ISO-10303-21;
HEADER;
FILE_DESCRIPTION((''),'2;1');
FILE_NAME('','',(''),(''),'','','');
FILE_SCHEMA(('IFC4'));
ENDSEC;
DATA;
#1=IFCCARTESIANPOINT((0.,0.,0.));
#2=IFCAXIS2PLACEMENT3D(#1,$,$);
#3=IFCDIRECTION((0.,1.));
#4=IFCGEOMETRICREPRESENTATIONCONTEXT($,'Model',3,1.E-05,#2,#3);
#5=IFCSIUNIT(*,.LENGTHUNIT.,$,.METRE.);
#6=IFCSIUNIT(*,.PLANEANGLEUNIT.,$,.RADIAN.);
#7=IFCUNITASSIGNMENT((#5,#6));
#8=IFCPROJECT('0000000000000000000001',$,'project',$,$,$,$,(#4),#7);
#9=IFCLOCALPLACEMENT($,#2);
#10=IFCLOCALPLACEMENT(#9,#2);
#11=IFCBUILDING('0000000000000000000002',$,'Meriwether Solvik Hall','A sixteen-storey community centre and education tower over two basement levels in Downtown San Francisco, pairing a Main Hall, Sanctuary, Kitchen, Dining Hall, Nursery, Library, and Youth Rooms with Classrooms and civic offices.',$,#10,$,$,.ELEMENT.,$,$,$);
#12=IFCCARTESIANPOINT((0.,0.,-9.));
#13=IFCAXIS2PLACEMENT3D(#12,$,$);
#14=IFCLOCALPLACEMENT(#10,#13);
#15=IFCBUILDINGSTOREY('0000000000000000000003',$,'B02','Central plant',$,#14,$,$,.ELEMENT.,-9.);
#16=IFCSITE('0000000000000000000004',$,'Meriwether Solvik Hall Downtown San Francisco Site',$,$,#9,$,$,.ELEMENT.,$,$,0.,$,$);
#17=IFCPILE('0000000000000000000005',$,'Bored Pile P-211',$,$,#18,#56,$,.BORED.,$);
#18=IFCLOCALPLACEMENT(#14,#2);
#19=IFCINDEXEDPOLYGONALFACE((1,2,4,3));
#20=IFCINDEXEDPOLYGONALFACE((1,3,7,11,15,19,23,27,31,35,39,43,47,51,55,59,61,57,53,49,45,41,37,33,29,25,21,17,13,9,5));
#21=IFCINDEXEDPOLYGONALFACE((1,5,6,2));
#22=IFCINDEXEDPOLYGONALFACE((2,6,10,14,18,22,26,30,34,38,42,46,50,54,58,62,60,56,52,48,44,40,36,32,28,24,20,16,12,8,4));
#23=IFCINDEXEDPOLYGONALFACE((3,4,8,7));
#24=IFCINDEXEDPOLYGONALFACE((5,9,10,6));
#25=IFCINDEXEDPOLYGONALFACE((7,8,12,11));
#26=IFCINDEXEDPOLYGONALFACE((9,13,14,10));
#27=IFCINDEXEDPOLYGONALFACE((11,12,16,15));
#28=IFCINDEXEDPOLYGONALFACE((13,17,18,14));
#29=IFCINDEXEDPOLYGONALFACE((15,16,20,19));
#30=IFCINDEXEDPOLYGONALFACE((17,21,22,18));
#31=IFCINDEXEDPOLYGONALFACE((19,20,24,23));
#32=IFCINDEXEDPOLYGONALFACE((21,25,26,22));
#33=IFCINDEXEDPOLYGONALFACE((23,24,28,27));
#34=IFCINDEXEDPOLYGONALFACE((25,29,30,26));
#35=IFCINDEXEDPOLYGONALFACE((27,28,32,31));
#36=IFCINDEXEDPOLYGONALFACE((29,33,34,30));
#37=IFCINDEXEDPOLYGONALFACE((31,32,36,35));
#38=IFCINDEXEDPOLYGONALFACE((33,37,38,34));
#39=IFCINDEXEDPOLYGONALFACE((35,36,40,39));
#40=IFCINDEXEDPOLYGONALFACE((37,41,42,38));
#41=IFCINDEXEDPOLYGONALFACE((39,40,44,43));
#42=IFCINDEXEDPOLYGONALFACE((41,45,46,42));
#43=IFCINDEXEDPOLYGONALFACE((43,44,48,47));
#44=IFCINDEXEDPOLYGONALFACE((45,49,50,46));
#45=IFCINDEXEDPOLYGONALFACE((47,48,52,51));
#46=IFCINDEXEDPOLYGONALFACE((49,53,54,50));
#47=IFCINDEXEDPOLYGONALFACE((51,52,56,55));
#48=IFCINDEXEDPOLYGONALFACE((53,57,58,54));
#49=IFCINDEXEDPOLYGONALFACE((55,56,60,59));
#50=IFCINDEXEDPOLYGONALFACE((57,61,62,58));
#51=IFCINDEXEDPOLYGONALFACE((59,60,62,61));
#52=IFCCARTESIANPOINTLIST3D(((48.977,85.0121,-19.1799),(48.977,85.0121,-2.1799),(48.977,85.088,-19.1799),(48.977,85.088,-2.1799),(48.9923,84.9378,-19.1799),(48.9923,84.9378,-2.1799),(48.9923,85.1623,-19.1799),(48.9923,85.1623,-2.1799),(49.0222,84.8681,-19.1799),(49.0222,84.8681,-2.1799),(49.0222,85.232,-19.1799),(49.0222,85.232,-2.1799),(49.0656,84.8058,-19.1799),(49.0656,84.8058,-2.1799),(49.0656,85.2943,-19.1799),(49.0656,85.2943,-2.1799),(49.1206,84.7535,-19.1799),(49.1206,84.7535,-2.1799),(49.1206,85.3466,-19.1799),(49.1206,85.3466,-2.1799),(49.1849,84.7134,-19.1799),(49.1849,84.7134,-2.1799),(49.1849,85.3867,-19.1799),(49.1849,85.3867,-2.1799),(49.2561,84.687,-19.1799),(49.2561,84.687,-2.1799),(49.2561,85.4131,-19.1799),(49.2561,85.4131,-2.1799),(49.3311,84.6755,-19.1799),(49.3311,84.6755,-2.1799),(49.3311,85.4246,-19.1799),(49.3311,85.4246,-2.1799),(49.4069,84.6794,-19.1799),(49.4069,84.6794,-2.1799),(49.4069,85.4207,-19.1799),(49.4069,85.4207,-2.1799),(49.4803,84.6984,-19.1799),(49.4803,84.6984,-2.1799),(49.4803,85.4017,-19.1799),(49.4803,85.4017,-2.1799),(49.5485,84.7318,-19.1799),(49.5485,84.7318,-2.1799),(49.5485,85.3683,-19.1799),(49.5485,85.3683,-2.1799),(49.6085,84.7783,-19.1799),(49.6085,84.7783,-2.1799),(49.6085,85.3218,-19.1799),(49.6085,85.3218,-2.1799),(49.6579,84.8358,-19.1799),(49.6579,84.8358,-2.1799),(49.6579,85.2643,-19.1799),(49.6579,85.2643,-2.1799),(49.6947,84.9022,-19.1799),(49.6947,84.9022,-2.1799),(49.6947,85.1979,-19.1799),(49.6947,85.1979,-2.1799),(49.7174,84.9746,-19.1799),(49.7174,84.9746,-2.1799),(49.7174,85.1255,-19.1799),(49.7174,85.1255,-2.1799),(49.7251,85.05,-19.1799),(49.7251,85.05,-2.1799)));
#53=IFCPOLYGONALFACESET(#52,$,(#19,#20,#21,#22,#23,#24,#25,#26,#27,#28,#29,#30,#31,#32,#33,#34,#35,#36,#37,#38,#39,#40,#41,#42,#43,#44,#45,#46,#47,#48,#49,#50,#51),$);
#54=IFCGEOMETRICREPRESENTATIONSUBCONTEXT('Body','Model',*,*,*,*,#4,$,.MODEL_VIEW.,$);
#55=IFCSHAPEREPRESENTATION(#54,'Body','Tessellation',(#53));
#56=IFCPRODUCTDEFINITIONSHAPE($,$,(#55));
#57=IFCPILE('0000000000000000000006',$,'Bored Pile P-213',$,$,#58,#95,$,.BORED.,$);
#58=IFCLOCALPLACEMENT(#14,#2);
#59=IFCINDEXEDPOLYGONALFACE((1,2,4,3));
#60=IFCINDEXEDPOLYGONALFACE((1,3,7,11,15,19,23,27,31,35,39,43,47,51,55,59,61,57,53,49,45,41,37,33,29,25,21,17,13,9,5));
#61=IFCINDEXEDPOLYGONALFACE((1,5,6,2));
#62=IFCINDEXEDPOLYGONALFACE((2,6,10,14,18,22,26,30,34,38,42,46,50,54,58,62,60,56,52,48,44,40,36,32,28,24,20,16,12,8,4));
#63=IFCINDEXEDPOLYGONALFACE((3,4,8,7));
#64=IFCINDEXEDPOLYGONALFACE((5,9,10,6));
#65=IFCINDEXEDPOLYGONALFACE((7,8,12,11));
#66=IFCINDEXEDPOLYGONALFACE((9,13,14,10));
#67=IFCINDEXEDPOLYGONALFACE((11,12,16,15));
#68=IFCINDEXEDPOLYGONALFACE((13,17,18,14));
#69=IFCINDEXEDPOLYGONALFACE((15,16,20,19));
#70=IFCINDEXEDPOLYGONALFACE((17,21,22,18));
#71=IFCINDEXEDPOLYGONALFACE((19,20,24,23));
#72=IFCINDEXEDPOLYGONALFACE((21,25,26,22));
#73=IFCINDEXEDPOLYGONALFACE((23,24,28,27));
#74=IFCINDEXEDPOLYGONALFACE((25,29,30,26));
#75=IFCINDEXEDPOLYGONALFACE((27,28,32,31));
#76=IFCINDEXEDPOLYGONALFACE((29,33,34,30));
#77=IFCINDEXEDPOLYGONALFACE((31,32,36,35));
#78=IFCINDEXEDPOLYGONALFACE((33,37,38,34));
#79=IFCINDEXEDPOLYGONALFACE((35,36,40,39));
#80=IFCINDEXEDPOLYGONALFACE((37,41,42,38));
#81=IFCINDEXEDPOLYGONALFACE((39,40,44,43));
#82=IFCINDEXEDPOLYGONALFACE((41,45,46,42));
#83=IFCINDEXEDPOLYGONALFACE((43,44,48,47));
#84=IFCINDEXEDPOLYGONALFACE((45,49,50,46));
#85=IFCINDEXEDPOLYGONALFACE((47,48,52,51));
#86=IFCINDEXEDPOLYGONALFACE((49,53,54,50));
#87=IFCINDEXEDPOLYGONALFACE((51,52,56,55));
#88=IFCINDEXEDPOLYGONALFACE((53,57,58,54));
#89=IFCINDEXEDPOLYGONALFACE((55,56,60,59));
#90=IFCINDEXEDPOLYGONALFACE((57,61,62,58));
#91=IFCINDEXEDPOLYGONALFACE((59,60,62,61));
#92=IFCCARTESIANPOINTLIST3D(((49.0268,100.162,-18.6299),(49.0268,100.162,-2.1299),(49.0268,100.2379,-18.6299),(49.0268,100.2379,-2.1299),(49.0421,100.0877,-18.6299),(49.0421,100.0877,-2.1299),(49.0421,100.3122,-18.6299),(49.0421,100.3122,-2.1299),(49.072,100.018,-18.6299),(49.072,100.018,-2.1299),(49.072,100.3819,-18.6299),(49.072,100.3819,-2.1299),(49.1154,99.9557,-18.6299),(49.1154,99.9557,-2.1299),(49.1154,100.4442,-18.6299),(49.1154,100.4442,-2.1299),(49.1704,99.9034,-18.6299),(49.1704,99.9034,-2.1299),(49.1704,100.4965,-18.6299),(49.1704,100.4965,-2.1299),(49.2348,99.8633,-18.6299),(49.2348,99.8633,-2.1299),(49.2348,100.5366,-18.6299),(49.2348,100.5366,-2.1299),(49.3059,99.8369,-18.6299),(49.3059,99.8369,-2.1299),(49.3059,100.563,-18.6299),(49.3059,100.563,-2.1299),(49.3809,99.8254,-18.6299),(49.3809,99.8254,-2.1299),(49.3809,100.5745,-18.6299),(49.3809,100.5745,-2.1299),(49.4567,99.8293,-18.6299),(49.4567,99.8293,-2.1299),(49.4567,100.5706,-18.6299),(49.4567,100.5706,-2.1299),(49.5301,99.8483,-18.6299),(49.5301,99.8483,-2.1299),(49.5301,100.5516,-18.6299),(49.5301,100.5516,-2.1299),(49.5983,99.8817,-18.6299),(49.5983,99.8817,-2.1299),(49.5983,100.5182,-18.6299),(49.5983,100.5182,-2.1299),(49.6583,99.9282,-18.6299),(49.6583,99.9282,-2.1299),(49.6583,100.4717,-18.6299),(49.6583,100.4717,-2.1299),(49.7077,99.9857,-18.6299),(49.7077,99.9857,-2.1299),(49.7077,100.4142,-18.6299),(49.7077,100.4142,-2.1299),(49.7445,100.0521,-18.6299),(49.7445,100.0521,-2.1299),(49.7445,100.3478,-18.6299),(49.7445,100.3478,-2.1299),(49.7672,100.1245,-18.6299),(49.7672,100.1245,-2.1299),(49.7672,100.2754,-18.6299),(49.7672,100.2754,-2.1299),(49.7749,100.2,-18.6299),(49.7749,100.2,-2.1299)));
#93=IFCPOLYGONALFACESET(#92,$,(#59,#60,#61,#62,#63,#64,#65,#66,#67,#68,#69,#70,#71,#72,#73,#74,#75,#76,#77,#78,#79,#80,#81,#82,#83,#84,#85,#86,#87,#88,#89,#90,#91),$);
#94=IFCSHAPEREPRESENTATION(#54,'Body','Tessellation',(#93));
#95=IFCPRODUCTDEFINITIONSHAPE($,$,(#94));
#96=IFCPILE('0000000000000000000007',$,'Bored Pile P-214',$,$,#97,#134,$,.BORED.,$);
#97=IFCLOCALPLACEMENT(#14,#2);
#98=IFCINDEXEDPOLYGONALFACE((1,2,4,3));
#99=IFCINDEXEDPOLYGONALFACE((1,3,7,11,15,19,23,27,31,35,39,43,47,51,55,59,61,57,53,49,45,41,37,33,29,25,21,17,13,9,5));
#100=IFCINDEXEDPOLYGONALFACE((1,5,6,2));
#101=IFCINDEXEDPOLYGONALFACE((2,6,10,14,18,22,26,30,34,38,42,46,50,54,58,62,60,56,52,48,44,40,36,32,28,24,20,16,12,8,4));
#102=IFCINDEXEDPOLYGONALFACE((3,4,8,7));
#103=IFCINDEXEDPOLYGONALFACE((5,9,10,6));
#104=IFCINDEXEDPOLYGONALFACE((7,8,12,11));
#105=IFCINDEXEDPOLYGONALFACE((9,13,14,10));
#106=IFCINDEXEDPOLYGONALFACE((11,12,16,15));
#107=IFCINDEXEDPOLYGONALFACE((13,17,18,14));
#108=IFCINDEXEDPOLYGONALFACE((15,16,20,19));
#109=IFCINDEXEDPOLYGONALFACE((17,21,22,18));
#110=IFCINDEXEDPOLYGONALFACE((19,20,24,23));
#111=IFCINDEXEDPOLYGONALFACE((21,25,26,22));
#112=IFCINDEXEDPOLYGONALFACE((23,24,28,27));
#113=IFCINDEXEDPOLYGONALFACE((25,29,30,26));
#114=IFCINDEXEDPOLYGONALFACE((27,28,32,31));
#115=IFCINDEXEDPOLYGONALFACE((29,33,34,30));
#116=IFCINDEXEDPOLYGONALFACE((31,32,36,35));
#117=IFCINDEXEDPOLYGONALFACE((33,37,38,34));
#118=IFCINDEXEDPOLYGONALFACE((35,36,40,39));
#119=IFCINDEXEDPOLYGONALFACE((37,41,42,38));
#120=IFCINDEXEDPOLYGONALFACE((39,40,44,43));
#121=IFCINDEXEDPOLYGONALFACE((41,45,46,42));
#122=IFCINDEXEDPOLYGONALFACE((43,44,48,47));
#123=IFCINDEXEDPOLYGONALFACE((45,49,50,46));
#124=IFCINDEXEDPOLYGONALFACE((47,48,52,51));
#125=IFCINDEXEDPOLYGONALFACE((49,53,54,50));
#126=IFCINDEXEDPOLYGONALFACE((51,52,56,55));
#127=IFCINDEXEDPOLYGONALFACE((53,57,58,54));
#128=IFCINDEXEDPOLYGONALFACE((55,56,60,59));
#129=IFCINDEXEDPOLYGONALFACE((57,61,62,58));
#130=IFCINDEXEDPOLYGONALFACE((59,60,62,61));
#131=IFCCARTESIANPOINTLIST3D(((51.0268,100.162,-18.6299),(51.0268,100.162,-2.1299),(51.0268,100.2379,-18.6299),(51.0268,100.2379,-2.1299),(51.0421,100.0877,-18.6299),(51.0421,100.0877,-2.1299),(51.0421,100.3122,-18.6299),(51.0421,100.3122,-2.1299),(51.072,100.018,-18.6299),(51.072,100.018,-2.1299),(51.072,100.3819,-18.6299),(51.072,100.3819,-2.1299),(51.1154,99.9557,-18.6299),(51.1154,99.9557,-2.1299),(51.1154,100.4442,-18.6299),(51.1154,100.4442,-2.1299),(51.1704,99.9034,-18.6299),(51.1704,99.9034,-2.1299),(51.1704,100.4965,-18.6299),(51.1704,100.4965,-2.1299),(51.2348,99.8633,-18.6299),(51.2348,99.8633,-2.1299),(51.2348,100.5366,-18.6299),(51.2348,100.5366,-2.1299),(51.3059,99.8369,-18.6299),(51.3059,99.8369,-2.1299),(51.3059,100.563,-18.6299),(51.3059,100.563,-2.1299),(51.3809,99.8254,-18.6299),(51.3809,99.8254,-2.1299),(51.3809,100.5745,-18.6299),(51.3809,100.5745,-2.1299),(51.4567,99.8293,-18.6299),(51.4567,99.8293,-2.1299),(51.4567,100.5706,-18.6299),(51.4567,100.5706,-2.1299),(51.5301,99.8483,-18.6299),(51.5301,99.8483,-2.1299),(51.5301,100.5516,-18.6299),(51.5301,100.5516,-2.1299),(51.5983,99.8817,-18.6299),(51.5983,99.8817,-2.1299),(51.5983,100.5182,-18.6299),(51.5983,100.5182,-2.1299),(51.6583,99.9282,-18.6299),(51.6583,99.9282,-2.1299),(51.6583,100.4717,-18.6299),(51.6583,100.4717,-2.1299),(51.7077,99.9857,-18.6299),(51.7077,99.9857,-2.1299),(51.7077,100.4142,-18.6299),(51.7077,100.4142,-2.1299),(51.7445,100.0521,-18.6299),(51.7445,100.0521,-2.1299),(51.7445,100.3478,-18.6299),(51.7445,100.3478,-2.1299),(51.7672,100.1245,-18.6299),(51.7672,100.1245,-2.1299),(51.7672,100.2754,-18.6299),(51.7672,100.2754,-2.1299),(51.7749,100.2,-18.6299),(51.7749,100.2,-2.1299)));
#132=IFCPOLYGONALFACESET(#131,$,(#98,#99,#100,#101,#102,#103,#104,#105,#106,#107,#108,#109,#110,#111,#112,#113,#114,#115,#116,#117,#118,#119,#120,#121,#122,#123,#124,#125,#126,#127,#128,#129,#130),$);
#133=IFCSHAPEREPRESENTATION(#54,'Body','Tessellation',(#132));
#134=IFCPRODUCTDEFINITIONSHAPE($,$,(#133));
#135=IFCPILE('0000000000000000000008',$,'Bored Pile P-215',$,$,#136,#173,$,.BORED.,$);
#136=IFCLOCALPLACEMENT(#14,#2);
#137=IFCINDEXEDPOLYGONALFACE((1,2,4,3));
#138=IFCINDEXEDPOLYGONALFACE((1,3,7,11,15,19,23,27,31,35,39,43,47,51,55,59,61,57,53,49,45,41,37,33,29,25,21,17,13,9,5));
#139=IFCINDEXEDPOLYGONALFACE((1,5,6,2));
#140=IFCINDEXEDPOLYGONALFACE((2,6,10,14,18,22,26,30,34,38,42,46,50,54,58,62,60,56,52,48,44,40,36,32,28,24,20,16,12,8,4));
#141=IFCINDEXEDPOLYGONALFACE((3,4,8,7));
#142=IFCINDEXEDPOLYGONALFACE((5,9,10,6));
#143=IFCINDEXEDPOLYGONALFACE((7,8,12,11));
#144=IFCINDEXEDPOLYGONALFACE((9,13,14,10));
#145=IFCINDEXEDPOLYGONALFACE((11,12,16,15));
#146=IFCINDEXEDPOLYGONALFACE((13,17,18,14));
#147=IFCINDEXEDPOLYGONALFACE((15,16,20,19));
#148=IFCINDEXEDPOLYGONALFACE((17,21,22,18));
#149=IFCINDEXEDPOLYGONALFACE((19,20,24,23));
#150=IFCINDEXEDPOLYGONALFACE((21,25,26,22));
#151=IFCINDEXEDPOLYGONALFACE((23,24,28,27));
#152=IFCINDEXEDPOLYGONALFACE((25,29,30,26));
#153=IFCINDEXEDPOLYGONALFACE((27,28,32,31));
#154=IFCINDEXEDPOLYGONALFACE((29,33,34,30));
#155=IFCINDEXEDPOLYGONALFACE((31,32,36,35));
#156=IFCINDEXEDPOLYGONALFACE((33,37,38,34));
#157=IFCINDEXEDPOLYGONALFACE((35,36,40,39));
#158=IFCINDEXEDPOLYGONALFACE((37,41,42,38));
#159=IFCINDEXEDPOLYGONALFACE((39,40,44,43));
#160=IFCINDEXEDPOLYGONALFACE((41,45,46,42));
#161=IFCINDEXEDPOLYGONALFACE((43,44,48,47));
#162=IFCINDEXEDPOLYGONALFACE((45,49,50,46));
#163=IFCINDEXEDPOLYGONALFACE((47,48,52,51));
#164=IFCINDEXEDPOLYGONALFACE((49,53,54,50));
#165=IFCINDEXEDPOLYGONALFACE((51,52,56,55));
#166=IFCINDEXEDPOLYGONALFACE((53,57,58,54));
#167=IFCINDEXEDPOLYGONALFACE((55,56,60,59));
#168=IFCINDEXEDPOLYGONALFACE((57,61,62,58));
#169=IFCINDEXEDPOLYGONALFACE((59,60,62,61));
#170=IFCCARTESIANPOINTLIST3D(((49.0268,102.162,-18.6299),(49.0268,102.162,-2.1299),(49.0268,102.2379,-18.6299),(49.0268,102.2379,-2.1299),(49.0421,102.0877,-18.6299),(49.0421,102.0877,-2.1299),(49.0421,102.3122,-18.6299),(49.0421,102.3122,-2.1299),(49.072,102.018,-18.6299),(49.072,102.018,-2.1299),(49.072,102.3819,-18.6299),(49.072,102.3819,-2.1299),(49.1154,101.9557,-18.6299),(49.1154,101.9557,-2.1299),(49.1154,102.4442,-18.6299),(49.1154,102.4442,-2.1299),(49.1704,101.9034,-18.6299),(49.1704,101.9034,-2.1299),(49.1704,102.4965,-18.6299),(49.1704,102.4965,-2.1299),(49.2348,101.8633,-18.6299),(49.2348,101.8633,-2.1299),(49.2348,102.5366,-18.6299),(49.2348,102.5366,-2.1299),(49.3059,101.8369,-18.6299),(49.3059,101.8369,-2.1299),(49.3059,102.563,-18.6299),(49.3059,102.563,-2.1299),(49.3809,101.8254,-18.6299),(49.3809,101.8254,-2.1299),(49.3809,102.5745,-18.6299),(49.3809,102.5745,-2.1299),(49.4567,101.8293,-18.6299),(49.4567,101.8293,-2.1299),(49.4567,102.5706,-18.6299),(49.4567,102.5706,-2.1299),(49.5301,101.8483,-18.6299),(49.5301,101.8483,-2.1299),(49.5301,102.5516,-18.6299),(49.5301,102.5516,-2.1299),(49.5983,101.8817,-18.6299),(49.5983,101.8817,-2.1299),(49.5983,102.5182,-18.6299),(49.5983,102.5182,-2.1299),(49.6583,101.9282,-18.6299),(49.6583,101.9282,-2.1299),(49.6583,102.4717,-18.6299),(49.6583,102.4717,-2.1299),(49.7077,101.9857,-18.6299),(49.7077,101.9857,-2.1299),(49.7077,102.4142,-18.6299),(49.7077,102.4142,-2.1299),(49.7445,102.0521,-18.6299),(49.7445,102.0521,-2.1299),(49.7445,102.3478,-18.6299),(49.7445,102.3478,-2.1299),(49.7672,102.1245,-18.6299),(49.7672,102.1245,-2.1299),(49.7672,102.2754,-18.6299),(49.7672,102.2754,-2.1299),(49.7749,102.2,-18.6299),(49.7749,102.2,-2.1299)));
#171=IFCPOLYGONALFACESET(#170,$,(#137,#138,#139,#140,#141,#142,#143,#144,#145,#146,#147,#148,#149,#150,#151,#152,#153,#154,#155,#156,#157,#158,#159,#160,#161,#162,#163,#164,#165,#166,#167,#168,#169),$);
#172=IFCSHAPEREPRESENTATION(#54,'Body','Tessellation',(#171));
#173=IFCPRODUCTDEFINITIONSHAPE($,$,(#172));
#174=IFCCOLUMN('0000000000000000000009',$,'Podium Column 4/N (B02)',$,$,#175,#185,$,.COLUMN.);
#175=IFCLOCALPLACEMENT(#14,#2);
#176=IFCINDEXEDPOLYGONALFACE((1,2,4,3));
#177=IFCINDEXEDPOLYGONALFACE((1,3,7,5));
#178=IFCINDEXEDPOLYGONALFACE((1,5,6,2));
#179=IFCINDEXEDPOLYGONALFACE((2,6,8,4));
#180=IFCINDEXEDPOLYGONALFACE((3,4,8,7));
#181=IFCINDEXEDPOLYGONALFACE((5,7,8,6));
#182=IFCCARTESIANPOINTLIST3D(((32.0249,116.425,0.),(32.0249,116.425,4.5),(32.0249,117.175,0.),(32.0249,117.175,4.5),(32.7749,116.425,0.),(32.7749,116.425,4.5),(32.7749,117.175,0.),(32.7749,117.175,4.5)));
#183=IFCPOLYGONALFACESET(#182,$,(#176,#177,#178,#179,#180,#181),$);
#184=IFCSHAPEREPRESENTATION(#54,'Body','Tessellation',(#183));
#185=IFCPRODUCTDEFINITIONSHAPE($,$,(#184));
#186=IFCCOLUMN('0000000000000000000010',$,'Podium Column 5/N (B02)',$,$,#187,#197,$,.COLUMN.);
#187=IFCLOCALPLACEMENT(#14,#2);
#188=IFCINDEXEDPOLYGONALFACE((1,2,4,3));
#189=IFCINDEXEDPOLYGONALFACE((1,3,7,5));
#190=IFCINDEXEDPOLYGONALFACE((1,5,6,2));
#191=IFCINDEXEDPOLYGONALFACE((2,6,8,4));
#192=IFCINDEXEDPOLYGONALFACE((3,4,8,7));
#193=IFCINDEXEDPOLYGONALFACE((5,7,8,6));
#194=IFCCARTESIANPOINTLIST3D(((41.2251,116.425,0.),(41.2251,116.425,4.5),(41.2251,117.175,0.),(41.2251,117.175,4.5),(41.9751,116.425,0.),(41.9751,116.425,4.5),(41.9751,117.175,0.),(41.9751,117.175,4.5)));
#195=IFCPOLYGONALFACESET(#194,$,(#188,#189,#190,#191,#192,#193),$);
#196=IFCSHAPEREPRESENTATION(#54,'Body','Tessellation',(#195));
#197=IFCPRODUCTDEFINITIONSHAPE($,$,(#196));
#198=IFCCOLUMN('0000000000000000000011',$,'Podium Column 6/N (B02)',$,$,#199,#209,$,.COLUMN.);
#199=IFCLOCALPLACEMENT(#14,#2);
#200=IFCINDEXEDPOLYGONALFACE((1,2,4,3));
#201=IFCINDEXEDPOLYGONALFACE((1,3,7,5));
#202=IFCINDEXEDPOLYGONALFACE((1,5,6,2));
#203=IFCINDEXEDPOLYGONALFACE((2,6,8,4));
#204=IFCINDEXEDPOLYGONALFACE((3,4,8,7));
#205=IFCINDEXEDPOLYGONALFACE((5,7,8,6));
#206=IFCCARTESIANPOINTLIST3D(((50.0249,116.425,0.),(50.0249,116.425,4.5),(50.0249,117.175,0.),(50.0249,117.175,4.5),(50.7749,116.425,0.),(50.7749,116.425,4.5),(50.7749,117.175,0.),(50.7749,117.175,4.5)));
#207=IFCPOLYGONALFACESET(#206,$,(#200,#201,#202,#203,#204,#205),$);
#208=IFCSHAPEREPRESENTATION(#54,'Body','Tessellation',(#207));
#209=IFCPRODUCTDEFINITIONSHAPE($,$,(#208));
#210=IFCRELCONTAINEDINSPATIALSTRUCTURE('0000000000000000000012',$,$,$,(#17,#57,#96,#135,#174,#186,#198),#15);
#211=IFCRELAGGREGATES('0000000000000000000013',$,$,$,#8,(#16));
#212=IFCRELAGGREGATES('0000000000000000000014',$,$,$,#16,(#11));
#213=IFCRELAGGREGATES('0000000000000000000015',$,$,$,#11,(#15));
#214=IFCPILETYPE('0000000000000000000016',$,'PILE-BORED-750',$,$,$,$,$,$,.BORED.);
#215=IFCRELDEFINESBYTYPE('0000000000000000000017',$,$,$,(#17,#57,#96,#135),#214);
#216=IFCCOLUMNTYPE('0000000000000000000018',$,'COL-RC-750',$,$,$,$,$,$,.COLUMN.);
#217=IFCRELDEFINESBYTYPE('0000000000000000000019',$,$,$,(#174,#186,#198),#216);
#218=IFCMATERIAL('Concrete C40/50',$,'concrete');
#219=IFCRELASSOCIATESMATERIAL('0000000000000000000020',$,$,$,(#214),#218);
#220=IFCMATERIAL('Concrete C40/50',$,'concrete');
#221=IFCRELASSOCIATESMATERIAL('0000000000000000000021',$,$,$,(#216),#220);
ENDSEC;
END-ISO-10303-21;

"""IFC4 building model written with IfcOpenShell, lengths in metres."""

from ifc_helpers import new_model, si_unit, direction, frame, origin, origin_2d, place, context, subcontext, project, spatial, rectangle, circle, extrude, material, material_profile, profile_set, type_object, element, save


model = new_model("IFC4")

# Units and contexts
model_context = context("Model", 3, precision=1e-05, world=origin(), true_north=direction((0.0, 1.0)))
body_context = subcontext(model_context, "Body", "Model", "MODEL_VIEW")
ifc_project = project(units=[si_unit("LENGTHUNIT", "METRE"), si_unit("PLANEANGLEUNIT", "RADIAN")], contexts=[model_context])

# Site, building, storey
site_placement = place(None, origin())
site = spatial("IfcSite", under=ifc_project, at=site_placement, Name="Meriwether Solvik Hall Downtown San Francisco Site", CompositionType="ELEMENT", RefElevation=0.0)
building_placement = place(site_placement, origin())
building = spatial("IfcBuilding", under=site, at=building_placement, Name="Meriwether Solvik Hall", Description="A sixteen-storey community centre and education tower over two basement levels in Downtown San Francisco, pairing a Main Hall, Sanctuary, Kitchen, Dining Hall, Nursery, Library, and Youth Rooms with Classrooms and civic offices.", CompositionType="ELEMENT")
storey_placement = place(building_placement, frame((0.0, 0.0, -9.0)))
storey = spatial("IfcBuildingStorey", under=building, at=storey_placement, Name="B02", Description="Central plant", CompositionType="ELEMENT", Elevation=-9.0)

# Piles
ifc_material_1 = material(Name="Concrete C40/50", Category="concrete")
ifc_material_profile_1 = material_profile(ifc_material_1, circle(Radius=0.375, at=origin_2d()), Name="PILE-D750")
ifc_profile_set_1 = profile_set([ifc_material_profile_1], Name="Concrete C40/50")
pile_type = type_object("IfcPileType", Name="PILE-BORED-750", PredefinedType="BORED", material=ifc_profile_set_1)
pile_1_placement = place(storey_placement, frame((49.3501, 85.05, -2.1799), z_axis=(0.0, 0.0, -1.0), x_axis=(1.0, 0.0, 0.0)))
element("IfcPile", 1, at=pile_1_placement, inside=storey, type_object=pile_type, Name="Bored Pile P-211", PredefinedType="BORED", context=body_context, shape_type="SweptSolid", body=[
    extrude(circle(Radius=0.375, at=origin_2d()), origin(), (0.0, 0.0, 1.0), 17.0),
])
for number, where, z_axis, x_axis, name in (
    (2, (49.3999, 100.2, -2.1299), (0.0, 0.0, -1.0), (1.0, 0.0, 0.0), "Bored Pile P-213"),
    (3, (51.3999, 100.2, -2.1299), (0.0, 0.0, -1.0), (1.0, 0.0, 0.0), "Bored Pile P-214"),
    (4, (49.3999, 102.2, -2.1299), (0.0, 0.0, -1.0), (1.0, 0.0, 0.0), "Bored Pile P-215"),
):
    element("IfcPile", number, at=place(storey_placement, frame(where, z_axis=z_axis, x_axis=x_axis)), inside=storey, type_object=pile_type, Name=name, PredefinedType="BORED", context=body_context, shape_type="SweptSolid", body=[
        extrude(circle(Radius=0.375, at=origin_2d()), origin(), (0.0, 0.0, 1.0), 16.5),
    ])

# Columns
ifc_material_2 = material(Name="Concrete C40/50", Category="concrete")
ifc_material_profile_2 = material_profile(ifc_material_2, rectangle(XDim=0.75, YDim=0.75, at=origin_2d()), Name="RCC-750X750")
ifc_profile_set_2 = profile_set([ifc_material_profile_2], Name="Concrete C40/50")
column_type_1 = type_object("IfcColumnType", Name="COL-RC-750", PredefinedType="COLUMN", material=ifc_profile_set_2)
for number, where, z_axis, x_axis, name in (
    (5, (32.3999, 116.8, 0.0), (0.0, 0.0, 1.0), (1.0, 0.0, 0.0), "Podium Column 4/N (B02)"),
    (6, (41.6001, 116.8, 0.0), (0.0, 0.0, 1.0), (1.0, 0.0, 0.0), "Podium Column 5/N (B02)"),
    (7, (50.3999, 116.8, 0.0), (0.0, 0.0, 1.0), (1.0, 0.0, 0.0), "Podium Column 6/N (B02)"),
):
    element("IfcColumn", number, at=place(storey_placement, frame(where, z_axis=z_axis, x_axis=x_axis)), inside=storey, type_object=column_type_1, Name=name, PredefinedType="COLUMN", context=body_context, shape_type="SweptSolid", body=[
        extrude(rectangle(XDim=0.75, YDim=0.75, at=origin_2d()), origin(), (0.0, 0.0, 1.0), 4.5),
    ])

save(model, "model.ifc")
